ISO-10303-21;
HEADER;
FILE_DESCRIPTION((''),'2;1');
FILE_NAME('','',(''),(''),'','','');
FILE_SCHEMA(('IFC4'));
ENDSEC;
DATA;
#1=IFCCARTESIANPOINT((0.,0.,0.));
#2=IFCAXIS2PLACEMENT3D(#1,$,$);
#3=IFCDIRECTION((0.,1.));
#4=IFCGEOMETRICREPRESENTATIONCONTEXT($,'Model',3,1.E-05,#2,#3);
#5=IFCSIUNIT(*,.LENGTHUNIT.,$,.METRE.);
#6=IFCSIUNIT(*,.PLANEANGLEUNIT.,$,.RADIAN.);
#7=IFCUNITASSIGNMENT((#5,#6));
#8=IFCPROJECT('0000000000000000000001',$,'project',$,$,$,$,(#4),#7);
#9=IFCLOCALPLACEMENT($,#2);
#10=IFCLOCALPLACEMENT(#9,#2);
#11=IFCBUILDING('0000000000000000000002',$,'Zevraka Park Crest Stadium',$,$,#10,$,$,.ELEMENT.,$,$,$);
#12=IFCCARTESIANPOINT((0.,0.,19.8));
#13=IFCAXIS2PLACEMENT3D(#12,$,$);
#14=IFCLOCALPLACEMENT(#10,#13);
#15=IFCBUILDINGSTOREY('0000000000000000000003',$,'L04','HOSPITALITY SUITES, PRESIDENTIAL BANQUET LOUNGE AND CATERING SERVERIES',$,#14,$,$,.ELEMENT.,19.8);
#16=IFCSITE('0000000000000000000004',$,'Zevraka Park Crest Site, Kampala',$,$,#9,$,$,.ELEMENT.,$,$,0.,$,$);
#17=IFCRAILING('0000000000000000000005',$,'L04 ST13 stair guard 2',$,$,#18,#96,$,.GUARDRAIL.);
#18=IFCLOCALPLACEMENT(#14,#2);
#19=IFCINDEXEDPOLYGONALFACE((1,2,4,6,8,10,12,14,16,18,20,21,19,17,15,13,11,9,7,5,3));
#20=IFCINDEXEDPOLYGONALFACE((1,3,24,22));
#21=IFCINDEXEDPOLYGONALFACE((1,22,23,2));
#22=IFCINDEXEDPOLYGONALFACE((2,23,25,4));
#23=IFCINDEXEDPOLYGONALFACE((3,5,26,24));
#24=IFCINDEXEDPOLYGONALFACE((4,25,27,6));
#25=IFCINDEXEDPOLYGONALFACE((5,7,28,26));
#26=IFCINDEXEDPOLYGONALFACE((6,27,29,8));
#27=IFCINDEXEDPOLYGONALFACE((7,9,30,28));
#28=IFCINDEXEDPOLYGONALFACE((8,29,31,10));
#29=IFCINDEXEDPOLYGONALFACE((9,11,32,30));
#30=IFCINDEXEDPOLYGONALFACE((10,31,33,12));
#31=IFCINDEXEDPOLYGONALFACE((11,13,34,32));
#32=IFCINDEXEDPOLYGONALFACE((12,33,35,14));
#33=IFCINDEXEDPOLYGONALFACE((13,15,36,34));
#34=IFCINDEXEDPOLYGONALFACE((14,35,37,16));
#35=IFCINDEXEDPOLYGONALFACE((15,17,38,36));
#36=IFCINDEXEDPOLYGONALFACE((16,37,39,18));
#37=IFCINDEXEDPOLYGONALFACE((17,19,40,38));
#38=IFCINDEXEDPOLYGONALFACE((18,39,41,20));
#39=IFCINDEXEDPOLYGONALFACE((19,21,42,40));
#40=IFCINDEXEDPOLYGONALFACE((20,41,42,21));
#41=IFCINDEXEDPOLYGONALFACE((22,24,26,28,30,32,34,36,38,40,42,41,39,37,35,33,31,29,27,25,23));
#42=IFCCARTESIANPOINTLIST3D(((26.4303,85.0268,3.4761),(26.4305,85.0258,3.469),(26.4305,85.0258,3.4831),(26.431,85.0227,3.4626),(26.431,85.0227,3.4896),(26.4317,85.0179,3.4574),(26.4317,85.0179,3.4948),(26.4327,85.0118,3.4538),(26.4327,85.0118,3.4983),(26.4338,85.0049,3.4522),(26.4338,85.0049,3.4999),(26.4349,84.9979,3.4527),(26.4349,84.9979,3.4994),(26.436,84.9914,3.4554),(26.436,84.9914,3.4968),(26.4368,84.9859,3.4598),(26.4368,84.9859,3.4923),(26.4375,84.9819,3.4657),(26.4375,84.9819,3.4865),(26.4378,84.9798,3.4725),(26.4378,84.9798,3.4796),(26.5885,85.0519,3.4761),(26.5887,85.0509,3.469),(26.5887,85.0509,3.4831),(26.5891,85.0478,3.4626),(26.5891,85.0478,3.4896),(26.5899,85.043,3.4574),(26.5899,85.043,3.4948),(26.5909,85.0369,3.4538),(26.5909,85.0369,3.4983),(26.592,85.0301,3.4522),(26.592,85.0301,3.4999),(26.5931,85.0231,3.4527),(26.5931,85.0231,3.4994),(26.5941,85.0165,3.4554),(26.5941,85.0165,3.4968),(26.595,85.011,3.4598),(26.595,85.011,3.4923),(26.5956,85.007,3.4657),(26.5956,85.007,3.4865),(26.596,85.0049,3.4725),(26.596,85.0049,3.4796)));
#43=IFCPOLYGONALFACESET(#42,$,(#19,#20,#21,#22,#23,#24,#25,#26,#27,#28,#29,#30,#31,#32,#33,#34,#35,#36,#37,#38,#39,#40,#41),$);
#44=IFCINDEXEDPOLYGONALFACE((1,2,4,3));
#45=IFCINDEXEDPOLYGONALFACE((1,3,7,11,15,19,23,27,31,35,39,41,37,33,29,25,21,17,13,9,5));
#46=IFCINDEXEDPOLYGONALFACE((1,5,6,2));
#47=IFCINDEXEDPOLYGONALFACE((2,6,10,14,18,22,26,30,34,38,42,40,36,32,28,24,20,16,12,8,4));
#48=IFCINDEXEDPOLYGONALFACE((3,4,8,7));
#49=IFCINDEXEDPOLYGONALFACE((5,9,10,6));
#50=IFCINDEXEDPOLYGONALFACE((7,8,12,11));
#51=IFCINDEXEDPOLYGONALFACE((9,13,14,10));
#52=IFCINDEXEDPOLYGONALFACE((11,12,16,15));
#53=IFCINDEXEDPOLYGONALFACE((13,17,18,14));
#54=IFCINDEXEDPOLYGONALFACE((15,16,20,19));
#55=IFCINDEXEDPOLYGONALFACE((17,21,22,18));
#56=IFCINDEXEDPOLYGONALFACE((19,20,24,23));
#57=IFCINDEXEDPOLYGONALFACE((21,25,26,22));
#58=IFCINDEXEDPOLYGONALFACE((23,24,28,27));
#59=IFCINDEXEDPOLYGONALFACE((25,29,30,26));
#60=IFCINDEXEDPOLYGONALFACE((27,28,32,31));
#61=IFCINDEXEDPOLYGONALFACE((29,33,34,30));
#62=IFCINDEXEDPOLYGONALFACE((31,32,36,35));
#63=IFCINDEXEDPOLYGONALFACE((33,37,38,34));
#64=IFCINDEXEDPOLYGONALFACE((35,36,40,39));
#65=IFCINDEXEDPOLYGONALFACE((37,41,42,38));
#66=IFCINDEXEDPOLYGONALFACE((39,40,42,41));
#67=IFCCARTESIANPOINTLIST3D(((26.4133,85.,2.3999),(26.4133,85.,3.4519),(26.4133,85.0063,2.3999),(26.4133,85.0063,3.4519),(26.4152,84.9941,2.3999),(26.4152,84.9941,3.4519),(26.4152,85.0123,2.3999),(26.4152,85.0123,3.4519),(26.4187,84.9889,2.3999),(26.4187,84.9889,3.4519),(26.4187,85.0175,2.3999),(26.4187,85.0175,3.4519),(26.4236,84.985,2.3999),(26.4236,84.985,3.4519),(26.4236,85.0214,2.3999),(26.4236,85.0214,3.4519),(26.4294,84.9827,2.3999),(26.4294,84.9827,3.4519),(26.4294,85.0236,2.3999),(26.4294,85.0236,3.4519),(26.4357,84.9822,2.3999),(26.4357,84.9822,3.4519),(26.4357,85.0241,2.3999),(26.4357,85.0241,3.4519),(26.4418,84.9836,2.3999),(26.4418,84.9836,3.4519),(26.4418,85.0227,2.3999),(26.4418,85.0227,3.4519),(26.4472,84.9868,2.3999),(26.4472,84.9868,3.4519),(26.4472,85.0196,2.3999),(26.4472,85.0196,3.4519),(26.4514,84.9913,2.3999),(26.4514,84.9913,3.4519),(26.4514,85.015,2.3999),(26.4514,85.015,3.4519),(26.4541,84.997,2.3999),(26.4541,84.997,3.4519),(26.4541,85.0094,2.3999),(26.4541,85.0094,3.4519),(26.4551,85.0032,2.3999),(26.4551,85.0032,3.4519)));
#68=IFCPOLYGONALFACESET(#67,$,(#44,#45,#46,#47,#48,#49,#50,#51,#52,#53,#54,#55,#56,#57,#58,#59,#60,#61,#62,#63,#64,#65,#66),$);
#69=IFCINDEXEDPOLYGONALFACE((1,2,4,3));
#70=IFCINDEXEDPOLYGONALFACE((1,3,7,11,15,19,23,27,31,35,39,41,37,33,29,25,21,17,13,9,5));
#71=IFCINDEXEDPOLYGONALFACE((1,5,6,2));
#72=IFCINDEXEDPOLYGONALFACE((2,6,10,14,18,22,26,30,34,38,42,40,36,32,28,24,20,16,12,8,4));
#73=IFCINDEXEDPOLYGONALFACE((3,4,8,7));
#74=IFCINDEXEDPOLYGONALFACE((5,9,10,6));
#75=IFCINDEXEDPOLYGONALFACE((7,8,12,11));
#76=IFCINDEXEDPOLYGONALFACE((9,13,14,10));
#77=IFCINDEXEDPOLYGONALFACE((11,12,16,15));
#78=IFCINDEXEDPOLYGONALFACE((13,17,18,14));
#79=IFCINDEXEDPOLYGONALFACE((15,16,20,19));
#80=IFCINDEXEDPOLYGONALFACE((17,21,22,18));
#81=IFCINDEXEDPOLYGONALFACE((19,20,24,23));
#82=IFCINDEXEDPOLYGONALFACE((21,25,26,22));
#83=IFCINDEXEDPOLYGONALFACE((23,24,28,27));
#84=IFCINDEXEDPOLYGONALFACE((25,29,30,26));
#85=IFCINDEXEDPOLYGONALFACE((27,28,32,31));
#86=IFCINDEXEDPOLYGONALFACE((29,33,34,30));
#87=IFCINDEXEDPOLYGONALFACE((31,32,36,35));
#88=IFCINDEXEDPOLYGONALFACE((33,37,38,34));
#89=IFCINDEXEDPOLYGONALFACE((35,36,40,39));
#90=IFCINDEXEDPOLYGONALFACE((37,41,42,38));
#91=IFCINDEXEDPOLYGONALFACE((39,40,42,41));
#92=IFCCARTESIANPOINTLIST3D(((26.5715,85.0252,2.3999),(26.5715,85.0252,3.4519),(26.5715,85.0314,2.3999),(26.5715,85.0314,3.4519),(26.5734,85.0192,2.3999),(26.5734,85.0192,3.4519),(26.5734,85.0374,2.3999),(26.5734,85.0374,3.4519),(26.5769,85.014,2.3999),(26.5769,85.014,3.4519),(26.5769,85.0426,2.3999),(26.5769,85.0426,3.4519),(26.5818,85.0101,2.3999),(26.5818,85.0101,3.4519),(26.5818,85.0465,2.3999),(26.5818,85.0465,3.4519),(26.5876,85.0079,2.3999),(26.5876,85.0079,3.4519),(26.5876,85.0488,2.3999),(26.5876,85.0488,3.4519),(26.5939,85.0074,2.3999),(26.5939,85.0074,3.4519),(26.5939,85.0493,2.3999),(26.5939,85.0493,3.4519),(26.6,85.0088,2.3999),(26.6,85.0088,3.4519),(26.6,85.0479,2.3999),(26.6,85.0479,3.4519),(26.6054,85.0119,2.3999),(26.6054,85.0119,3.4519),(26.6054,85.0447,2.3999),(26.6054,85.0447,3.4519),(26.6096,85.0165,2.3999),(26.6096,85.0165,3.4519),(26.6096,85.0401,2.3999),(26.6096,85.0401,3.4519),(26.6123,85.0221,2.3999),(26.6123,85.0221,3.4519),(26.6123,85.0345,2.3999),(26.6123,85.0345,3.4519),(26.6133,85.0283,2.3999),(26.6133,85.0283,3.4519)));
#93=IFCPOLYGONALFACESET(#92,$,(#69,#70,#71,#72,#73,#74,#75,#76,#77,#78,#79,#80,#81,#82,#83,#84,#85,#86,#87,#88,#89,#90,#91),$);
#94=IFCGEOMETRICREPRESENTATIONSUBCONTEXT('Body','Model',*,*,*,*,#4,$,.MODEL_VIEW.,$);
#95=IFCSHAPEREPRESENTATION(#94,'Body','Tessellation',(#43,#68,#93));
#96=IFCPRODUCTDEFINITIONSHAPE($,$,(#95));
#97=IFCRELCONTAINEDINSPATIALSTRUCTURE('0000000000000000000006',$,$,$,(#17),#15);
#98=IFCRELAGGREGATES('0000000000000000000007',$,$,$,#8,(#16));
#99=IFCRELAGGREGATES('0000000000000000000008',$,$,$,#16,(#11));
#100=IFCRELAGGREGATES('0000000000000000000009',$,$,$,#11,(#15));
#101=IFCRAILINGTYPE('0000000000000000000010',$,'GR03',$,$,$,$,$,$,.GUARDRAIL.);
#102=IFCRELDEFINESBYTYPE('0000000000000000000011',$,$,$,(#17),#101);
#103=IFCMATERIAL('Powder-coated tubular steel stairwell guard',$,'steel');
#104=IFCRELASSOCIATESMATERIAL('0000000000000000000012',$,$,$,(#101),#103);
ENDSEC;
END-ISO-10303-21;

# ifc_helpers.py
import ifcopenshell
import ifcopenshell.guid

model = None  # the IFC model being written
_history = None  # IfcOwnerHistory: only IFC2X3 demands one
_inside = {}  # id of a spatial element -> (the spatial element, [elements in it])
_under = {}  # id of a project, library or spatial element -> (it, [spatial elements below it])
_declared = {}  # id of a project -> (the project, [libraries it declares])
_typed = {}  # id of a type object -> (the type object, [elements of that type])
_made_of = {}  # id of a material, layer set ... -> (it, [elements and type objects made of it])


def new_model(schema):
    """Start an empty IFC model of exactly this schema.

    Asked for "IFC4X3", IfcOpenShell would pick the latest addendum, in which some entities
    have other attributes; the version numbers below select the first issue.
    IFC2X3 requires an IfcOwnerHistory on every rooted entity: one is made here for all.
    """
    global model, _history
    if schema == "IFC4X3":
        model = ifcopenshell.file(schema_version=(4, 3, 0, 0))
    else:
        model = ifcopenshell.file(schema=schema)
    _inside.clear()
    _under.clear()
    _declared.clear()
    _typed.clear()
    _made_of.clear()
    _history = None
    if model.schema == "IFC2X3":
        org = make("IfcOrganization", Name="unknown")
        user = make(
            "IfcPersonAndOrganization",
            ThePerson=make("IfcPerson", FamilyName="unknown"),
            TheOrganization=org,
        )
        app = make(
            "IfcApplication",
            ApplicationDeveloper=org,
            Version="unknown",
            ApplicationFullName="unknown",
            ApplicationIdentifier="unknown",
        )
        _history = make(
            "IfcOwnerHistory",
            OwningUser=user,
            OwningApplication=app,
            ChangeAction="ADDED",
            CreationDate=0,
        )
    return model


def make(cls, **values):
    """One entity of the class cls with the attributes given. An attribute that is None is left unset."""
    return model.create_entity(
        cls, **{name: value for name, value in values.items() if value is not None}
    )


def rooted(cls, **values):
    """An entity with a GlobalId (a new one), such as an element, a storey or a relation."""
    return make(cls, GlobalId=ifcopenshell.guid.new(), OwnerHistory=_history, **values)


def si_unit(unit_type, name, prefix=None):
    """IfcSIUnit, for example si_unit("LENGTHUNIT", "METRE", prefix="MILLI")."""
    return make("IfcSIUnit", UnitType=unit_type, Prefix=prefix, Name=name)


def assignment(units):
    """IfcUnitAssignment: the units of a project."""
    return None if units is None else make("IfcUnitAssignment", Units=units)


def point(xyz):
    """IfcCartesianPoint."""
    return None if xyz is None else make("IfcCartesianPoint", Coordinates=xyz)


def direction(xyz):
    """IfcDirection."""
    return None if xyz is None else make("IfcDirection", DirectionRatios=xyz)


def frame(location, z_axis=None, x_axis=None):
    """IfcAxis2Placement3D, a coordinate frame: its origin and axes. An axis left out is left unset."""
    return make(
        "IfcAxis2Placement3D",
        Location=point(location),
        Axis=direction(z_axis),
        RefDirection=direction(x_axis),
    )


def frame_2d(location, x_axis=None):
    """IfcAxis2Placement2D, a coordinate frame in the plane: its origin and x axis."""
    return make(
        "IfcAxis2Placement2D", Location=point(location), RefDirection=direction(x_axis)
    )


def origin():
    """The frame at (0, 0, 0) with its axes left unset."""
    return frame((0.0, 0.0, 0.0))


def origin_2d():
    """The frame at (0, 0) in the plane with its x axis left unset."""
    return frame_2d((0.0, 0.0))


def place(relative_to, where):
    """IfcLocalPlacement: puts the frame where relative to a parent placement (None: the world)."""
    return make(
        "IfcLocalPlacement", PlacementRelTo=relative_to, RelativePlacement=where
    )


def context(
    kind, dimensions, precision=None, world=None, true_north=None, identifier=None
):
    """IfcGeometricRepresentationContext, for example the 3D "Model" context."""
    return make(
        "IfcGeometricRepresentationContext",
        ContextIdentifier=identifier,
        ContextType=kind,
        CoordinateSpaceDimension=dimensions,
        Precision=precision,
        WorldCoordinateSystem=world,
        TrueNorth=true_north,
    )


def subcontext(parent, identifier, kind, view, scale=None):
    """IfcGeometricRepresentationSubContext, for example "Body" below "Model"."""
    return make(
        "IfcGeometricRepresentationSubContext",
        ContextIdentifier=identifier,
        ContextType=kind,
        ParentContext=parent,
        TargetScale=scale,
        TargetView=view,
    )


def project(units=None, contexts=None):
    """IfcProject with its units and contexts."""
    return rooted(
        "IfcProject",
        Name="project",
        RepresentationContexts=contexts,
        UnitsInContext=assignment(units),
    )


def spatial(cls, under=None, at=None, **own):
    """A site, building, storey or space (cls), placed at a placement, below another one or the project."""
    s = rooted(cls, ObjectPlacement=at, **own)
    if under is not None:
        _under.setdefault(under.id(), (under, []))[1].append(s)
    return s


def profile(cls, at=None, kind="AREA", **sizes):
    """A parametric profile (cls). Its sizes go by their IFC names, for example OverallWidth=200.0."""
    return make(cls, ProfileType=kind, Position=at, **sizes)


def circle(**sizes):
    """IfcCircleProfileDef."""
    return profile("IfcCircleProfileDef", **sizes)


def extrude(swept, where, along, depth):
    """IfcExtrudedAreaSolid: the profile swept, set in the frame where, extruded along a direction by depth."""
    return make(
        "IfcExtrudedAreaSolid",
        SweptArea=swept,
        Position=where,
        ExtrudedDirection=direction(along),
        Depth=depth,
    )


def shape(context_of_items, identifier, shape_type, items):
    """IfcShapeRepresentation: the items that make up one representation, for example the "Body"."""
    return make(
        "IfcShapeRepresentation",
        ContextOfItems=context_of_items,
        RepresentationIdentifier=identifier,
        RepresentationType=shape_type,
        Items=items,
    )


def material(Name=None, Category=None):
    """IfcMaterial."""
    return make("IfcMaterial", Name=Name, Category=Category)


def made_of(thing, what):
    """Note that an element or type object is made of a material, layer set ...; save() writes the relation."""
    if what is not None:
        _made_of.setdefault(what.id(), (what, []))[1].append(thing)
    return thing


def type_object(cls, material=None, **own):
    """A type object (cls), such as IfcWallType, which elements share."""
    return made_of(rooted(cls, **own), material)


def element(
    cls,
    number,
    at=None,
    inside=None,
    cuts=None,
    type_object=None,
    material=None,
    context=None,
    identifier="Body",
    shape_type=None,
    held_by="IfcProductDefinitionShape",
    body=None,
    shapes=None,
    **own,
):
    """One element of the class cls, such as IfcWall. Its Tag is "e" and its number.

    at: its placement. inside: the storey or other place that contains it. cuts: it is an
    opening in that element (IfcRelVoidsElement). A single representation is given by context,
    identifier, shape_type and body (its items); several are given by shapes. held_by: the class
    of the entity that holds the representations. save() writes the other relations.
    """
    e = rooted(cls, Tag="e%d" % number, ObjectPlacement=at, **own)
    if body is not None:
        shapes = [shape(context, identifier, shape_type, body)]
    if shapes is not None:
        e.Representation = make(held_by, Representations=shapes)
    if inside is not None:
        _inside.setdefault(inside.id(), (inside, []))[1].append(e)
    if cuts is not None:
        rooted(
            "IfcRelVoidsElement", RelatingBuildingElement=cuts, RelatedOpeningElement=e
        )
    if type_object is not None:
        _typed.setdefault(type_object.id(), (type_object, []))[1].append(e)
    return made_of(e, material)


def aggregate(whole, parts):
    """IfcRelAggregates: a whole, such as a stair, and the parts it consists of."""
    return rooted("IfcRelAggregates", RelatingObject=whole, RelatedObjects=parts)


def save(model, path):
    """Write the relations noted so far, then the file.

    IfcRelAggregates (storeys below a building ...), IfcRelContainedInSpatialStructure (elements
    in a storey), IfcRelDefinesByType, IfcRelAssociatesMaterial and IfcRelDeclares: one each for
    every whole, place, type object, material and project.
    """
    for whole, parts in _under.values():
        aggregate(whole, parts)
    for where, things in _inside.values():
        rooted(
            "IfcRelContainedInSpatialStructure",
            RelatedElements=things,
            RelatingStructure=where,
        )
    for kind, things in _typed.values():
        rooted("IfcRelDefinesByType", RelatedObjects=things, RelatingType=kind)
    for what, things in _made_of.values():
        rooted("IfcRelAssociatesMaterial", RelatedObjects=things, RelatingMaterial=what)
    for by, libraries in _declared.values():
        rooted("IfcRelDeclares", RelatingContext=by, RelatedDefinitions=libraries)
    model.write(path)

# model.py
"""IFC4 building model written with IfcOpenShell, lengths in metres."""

from ifc_helpers import new_model, si_unit, direction, frame, origin, origin_2d, place, context, subcontext, project, spatial, circle, extrude, material, type_object, element, save


model = new_model("IFC4")

# Units and contexts
model_context = context("Model", 3, precision=1e-05, world=origin(), true_north=direction((0.0, 1.0)))
body_context = subcontext(model_context, "Body", "Model", "MODEL_VIEW")
ifc_project = project(units=[si_unit("LENGTHUNIT", "METRE"), si_unit("PLANEANGLEUNIT", "RADIAN")], contexts=[model_context])

# Site, building, storey
site_placement = place(None, origin())
site = spatial("IfcSite", under=ifc_project, at=site_placement, Name="Zevraka Park Crest Site, Kampala", CompositionType="ELEMENT", RefElevation=0.0)
building_placement = place(site_placement, origin())
building = spatial("IfcBuilding", under=site, at=building_placement, Name="Zevraka Park Crest Stadium", CompositionType="ELEMENT")
storey_placement = place(building_placement, frame((0.0, 0.0, 19.8)))
storey = spatial("IfcBuildingStorey", under=building, at=storey_placement, Name="L04", Description="HOSPITALITY SUITES, PRESIDENTIAL BANQUET LOUNGE AND CATERING SERVERIES", CompositionType="ELEMENT", Elevation=19.8)

# Railing
ifc_material_1 = material(Name="Powder-coated tubular steel stairwell guard", Category="steel")
railing_type_1 = type_object("IfcRailingType", Name="GR03", PredefinedType="GUARDRAIL", material=ifc_material_1)
railing_1_placement = place(storey_placement, frame((26.4341, 85.0032, 2.3999)))
element("IfcRailing", 1, at=railing_1_placement, inside=storey, type_object=railing_type_1, Name="L04 ST13 stair guard 2", PredefinedType="GUARDRAIL", context=body_context, shape_type="SweptSolid", body=[
    extrude(circle(Radius=0.0239, at=origin_2d()), frame((0.0, 0.0, 1.0762), z_axis=(0.987602, 0.15698, 0.0), x_axis=(-0.15698, 0.987602, 0.0)), (0.0, 0.0, 1.0), 0.1602),
    extrude(circle(Radius=0.021, at=origin_2d()), origin(), (0.0, 0.0, 1.0), 1.052),
    extrude(circle(Radius=0.021, at=origin_2d()), frame((0.1582, 0.0251, 0.0)), (0.0, 0.0, 1.0), 1.052),
])

save(model, "model.ifc")
